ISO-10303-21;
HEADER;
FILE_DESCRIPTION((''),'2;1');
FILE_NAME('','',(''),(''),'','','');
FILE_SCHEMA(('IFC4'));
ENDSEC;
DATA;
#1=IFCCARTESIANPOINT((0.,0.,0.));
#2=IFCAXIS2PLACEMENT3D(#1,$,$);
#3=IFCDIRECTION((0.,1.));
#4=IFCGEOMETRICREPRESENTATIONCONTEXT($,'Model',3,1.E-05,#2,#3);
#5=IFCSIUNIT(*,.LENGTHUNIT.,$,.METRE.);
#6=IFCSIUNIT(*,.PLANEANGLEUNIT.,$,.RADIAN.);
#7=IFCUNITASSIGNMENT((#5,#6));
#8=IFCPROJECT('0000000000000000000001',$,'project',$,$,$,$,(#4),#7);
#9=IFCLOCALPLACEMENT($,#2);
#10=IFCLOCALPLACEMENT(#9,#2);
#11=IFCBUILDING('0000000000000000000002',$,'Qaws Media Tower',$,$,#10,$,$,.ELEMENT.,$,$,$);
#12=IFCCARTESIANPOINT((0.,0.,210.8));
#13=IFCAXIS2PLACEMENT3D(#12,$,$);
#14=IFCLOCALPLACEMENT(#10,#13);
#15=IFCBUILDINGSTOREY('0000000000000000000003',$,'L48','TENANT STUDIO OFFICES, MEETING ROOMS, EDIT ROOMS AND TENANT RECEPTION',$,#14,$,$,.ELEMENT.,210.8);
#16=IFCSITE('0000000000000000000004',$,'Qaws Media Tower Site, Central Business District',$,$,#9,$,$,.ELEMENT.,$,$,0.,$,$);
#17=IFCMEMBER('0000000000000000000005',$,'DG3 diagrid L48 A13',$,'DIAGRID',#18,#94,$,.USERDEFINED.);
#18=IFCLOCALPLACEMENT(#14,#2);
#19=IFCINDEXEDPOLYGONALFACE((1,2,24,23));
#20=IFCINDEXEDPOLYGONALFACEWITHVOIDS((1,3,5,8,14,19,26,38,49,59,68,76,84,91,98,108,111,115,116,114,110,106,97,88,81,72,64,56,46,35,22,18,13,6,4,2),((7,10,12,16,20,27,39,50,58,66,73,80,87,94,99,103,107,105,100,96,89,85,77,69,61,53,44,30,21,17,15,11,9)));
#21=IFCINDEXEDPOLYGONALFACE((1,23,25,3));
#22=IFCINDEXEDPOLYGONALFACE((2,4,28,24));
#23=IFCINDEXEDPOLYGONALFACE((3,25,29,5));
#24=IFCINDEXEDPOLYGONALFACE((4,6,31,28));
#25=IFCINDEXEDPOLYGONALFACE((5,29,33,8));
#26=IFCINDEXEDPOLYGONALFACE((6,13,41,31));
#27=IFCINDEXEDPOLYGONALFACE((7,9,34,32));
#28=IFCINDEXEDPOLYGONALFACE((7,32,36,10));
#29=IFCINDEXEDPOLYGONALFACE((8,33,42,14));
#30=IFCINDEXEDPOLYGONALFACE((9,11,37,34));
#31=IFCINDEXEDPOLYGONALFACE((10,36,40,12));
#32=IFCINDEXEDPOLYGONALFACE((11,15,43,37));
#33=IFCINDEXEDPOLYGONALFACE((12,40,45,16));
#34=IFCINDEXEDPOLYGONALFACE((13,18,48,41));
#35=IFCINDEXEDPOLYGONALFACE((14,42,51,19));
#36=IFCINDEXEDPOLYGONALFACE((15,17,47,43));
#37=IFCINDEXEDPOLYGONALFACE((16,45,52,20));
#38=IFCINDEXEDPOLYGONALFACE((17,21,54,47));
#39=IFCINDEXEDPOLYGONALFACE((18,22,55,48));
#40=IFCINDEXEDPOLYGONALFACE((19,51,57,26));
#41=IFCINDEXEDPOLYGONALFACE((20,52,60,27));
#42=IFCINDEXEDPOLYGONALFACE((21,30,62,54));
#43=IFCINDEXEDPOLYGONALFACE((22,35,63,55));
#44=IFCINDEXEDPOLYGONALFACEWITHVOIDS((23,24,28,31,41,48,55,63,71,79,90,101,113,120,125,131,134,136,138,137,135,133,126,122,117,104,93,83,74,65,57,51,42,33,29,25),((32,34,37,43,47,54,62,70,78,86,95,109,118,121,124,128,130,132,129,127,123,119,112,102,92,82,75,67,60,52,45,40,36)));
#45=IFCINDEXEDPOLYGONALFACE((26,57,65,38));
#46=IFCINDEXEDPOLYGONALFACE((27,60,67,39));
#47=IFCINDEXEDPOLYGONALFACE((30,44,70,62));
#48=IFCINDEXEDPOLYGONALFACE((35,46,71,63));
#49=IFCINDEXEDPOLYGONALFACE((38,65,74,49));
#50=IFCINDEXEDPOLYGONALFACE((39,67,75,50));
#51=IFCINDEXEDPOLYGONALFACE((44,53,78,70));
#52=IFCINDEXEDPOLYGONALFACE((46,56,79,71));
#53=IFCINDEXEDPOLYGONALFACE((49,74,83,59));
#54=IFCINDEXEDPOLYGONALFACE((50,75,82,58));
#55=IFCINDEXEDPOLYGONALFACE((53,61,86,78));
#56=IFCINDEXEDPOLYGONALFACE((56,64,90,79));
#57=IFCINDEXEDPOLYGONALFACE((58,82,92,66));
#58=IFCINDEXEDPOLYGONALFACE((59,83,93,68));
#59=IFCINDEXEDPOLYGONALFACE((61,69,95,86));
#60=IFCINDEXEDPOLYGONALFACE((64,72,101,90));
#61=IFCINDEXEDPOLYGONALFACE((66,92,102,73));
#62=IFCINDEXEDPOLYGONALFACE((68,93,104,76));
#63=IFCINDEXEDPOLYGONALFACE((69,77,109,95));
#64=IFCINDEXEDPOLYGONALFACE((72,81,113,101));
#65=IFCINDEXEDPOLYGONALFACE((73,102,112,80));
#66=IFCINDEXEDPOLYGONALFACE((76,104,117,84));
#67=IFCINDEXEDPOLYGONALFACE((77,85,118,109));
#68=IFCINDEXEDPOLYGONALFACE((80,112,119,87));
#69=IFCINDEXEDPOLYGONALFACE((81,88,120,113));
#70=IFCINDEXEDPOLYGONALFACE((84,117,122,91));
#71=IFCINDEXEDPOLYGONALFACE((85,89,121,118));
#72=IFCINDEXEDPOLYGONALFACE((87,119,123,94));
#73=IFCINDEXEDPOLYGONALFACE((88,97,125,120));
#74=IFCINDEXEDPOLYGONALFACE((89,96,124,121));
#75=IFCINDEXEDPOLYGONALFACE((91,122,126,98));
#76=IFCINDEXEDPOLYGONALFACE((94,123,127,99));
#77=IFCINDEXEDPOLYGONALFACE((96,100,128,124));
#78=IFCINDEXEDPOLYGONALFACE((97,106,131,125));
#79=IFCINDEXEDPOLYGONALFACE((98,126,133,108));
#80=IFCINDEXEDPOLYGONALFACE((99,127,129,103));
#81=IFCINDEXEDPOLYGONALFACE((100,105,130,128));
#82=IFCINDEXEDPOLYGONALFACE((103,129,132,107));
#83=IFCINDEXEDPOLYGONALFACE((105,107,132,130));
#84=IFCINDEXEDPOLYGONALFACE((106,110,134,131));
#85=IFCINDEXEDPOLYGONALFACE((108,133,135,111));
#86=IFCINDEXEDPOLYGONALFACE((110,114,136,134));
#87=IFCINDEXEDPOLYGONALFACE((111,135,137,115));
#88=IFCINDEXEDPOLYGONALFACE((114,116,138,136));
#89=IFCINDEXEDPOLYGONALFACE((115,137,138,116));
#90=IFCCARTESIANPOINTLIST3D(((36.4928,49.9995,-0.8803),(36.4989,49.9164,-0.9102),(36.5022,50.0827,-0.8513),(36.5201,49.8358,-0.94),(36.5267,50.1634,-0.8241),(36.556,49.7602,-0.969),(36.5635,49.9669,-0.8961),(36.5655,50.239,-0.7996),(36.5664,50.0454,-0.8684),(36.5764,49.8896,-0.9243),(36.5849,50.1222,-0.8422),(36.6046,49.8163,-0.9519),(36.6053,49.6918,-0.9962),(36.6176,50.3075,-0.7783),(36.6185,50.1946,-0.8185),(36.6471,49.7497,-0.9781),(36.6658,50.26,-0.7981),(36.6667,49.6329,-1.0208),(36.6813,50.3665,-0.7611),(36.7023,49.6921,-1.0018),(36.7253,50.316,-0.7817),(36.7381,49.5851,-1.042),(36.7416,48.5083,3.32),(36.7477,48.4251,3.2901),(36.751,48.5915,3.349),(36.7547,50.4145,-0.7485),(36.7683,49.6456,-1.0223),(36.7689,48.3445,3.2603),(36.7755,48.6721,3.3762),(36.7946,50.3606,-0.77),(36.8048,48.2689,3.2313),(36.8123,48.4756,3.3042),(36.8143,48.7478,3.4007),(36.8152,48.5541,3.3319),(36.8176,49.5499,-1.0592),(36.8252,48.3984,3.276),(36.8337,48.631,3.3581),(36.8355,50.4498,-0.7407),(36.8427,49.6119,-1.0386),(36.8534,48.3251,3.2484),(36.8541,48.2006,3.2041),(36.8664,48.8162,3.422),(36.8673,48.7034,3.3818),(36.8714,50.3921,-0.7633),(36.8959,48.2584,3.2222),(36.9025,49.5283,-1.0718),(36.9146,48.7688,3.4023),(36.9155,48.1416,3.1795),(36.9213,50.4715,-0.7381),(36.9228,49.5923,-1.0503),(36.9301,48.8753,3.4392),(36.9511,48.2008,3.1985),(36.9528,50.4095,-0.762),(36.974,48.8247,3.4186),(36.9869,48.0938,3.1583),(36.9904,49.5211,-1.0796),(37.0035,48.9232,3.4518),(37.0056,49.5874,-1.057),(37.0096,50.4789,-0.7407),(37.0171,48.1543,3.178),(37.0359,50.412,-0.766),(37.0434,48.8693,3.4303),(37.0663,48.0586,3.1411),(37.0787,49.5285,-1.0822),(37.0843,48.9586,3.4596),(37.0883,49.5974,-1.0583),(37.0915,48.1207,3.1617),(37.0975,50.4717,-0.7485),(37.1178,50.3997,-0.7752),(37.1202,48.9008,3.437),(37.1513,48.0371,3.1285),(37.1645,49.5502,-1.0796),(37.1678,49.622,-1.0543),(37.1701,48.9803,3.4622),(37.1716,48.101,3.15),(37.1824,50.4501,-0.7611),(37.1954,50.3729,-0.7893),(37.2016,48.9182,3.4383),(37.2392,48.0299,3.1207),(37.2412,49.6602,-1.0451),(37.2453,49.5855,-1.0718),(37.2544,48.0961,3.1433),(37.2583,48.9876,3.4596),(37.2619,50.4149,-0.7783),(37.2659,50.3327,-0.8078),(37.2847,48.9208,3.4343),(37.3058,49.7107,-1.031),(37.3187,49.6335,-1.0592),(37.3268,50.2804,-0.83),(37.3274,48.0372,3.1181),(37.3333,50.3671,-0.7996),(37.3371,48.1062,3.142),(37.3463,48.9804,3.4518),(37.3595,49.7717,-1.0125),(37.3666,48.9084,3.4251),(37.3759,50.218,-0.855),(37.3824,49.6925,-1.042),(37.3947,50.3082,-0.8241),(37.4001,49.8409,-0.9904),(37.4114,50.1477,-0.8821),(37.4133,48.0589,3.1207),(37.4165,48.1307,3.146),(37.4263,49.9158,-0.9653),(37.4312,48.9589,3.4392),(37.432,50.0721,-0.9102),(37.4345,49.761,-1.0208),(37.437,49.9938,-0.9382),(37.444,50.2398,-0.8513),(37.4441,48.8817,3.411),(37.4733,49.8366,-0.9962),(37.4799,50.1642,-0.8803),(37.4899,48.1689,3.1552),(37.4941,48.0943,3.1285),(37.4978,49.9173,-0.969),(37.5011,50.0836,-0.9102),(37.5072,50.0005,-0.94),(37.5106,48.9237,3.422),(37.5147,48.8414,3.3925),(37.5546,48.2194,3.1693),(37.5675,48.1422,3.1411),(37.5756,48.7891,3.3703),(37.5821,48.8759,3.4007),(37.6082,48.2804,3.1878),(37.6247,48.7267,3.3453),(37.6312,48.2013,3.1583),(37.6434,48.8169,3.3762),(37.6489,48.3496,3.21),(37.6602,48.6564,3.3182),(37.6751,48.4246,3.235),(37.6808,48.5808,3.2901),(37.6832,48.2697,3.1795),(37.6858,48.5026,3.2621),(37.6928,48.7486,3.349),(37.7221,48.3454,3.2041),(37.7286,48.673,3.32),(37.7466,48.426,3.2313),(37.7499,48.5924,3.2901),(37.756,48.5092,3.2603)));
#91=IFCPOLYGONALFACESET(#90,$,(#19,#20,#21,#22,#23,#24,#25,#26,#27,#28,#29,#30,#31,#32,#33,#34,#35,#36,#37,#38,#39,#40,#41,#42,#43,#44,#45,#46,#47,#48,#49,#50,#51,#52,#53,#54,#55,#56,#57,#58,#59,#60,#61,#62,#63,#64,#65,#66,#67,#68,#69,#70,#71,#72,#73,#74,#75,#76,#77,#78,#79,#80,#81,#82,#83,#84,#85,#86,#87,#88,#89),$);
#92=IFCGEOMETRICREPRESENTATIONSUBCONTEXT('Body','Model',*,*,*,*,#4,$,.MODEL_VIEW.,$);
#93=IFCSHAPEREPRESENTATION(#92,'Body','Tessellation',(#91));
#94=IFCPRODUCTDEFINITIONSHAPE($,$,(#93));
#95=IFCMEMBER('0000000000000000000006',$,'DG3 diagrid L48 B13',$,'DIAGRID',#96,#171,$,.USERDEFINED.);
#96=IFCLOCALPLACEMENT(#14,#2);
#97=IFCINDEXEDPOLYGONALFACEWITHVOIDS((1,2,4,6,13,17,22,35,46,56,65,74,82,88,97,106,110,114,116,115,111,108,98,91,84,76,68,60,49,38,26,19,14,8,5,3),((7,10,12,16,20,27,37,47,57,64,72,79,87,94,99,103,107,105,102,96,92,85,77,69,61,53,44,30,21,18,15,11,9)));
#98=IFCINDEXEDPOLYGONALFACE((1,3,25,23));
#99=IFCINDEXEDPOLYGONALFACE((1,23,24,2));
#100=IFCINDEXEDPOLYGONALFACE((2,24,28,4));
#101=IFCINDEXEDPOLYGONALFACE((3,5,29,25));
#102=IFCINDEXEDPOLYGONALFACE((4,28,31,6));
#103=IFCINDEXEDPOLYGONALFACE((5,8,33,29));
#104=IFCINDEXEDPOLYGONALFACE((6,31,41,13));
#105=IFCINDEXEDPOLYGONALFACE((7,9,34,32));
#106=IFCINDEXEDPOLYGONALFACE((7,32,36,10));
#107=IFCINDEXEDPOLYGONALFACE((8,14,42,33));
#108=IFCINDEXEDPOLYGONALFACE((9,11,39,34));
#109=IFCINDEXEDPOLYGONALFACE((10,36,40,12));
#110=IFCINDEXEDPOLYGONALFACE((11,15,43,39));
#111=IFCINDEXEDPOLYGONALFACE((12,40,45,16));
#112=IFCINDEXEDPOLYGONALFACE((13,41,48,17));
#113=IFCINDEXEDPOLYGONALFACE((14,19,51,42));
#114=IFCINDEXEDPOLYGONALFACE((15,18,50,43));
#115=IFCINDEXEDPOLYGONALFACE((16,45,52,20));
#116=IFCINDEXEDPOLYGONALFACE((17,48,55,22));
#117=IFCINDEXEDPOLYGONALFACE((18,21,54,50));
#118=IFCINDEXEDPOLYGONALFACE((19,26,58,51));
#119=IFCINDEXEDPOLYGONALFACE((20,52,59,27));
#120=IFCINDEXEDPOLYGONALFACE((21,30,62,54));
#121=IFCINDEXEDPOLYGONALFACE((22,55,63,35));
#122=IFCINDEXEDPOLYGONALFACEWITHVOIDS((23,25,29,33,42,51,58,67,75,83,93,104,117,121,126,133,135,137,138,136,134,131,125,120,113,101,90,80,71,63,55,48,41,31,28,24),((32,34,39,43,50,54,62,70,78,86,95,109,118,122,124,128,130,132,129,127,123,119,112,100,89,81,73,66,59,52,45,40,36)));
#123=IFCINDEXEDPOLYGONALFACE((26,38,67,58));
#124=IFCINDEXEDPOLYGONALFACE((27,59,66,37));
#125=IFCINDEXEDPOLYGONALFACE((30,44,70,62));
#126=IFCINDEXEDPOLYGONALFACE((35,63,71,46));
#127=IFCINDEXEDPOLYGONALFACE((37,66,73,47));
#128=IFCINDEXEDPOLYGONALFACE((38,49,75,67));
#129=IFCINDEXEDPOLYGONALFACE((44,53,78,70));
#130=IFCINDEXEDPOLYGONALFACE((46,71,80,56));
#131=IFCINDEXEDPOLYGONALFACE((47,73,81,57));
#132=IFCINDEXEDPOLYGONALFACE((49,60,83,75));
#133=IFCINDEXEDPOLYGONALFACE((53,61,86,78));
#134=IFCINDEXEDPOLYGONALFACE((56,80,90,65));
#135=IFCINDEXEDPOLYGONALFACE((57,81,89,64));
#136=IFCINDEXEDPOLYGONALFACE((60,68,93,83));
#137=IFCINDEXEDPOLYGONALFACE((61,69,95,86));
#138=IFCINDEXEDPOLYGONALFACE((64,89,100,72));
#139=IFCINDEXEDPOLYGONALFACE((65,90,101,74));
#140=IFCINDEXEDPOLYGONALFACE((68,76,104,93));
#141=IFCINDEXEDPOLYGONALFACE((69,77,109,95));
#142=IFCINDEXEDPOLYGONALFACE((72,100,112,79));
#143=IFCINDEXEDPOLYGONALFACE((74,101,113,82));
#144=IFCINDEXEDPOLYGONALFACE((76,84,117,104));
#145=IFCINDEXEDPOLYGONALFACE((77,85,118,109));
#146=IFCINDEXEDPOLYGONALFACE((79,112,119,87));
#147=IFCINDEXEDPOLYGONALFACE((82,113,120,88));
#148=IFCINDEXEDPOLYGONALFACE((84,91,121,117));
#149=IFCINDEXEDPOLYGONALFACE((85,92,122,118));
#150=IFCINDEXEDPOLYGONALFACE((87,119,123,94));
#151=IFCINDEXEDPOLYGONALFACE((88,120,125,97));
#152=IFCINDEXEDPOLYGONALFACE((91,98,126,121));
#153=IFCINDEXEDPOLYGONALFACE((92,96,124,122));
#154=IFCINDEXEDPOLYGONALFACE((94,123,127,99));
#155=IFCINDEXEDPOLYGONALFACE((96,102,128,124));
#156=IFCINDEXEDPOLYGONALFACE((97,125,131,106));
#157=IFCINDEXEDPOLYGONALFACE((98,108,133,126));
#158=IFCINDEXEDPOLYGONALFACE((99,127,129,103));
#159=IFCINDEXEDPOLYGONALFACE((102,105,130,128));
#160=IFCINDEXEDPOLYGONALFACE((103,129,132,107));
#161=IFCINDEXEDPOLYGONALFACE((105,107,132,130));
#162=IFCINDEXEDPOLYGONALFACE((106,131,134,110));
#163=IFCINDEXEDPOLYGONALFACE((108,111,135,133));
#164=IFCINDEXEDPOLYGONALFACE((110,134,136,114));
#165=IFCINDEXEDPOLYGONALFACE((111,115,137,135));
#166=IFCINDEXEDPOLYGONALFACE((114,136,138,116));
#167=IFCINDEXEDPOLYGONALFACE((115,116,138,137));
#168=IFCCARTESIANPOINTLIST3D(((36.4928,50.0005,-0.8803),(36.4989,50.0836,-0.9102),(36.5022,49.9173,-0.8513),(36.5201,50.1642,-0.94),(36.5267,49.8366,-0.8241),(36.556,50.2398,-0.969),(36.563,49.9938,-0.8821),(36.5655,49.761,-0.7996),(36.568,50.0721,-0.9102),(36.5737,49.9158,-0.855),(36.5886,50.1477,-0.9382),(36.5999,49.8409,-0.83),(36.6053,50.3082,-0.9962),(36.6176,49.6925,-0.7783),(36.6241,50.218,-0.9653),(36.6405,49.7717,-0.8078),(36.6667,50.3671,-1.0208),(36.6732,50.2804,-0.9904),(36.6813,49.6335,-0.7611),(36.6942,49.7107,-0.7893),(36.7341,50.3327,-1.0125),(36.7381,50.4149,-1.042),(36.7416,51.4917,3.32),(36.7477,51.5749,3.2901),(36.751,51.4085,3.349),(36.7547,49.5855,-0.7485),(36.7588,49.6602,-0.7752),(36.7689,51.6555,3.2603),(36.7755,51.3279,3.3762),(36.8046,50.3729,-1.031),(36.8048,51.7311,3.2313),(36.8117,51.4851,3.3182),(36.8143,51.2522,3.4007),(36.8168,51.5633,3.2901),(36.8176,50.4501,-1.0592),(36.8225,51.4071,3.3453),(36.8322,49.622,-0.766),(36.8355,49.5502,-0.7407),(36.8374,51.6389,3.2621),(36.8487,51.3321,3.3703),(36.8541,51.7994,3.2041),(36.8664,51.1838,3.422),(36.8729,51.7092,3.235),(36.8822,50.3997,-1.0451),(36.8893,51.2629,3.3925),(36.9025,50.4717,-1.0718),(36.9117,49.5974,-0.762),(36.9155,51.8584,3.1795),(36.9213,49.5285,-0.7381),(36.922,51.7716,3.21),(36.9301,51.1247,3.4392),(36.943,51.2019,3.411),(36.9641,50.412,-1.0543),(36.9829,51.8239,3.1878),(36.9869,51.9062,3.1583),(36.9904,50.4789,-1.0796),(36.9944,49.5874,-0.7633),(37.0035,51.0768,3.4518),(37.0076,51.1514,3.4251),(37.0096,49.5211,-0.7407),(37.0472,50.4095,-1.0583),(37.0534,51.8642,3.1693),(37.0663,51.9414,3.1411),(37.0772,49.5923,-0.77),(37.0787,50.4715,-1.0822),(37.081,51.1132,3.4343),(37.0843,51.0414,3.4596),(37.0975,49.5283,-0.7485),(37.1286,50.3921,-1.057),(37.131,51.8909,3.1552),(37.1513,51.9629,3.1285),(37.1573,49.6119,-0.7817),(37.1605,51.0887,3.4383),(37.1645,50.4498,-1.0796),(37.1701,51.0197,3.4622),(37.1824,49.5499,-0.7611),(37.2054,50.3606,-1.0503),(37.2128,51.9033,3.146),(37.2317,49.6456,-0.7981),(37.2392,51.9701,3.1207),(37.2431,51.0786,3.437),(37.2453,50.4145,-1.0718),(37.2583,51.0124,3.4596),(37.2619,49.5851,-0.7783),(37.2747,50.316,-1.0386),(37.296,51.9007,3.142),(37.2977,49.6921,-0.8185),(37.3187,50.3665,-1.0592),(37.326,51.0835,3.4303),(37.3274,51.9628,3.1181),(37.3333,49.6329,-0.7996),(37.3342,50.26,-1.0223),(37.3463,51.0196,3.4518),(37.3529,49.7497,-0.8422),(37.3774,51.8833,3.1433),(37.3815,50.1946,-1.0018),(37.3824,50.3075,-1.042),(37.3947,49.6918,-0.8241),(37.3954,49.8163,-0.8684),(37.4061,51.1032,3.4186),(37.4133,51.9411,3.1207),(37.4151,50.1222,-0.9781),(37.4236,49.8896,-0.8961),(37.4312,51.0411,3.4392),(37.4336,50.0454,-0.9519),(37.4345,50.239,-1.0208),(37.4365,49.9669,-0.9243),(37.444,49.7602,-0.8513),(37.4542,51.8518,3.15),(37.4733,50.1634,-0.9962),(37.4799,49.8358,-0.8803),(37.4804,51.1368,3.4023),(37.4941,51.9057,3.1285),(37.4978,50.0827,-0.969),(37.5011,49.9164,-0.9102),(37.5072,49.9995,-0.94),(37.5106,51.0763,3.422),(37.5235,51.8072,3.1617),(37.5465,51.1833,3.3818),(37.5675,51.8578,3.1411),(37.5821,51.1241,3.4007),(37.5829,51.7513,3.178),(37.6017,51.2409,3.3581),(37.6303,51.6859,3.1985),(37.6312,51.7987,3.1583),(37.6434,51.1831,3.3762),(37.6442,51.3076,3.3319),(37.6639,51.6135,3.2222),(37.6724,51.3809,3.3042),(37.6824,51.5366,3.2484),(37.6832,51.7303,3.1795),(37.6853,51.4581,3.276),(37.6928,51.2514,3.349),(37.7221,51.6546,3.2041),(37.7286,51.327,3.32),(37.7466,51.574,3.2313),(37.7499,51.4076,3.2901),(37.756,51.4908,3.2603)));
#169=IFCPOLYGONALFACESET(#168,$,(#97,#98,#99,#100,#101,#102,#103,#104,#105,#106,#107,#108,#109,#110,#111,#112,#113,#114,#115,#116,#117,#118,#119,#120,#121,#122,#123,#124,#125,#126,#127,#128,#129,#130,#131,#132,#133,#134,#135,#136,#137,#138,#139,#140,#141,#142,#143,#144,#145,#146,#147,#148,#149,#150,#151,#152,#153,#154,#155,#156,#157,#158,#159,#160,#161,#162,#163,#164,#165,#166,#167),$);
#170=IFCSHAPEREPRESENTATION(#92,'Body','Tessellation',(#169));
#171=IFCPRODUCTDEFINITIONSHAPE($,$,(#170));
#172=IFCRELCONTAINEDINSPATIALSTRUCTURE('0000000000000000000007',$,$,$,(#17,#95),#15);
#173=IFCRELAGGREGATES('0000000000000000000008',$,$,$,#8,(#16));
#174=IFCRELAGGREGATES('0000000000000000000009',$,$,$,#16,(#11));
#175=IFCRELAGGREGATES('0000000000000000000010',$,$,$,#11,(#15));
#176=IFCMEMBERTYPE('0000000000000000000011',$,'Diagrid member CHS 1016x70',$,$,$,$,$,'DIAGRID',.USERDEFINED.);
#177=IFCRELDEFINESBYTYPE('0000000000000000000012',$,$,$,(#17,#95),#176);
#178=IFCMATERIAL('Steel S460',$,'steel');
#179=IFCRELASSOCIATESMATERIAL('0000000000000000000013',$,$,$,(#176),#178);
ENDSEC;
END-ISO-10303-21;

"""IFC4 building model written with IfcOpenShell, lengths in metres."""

from ifc_helpers import new_model, si_unit, direction, frame, origin, origin_2d, place, context, subcontext, project, spatial, hollow_circle, extrude, material, material_profile, profile_set, type_object, element, save


model = new_model("IFC4")

# Units and contexts
model_context = context("Model", 3, precision=1e-05, world=origin(), true_north=direction((0.0, 1.0)))
body_context = subcontext(model_context, "Body", "Model", "MODEL_VIEW")
ifc_project = project(units=[si_unit("LENGTHUNIT", "METRE"), si_unit("PLANEANGLEUNIT", "RADIAN")], contexts=[model_context])

# Site, building, storey
site_placement = place(None, origin())
site = spatial("IfcSite", under=ifc_project, at=site_placement, Name="Qaws Media Tower Site, Central Business District", CompositionType="ELEMENT", RefElevation=0.0)
building_placement = place(site_placement, origin())
building = spatial("IfcBuilding", under=site, at=building_placement, Name="Qaws Media Tower", CompositionType="ELEMENT")
storey_placement = place(building_placement, frame((0.0, 0.0, 210.8)))
storey = spatial("IfcBuildingStorey", under=building, at=storey_placement, Name="L48", Description="TENANT STUDIO OFFICES, MEETING ROOMS, EDIT ROOMS AND TENANT RECEPTION", CompositionType="ELEMENT", Elevation=210.8)

# Members
ifc_material_1 = material(Name="Steel S460", Category="steel")
ifc_material_profile_1 = material_profile(ifc_material_1, hollow_circle(Radius=0.5081, WallThickness=0.0701, at=origin_2d()), Name="CHS 1016x70")
ifc_profile_set_1 = profile_set([ifc_material_profile_1], Name="Steel S460")
member_type_1 = type_object("IfcMemberType", Name="Diagrid member CHS 1016x70", ElementType="DIAGRID", PredefinedType="USERDEFINED", material=ifc_profile_set_1)
for number, where, z_axis, x_axis, name in (
    (1, (37.0, 50.0, -0.9102), (0.05573, -0.334053, 0.940905), (0.986368, 0.164556, 0.0), "DG3 diagrid L48 A13"),
    (2, (37.0, 50.0, -0.9102), (0.05573, 0.334053, 0.940905), (-0.986368, 0.164556, 0.0), "DG3 diagrid L48 B13"),
):
    element("IfcMember", number, at=place(storey_placement, frame(where, z_axis=z_axis, x_axis=x_axis)), inside=storey, type_object=member_type_1, Name=name, ObjectType="DIAGRID", PredefinedType="USERDEFINED", context=body_context, shape_type="SweptSolid", body=[
        extrude(hollow_circle(Radius=0.5081, WallThickness=0.0701, at=origin_2d()), origin(), (0.0, 0.0, 1.0), 4.4641),
    ])

save(model, "model.ifc")
